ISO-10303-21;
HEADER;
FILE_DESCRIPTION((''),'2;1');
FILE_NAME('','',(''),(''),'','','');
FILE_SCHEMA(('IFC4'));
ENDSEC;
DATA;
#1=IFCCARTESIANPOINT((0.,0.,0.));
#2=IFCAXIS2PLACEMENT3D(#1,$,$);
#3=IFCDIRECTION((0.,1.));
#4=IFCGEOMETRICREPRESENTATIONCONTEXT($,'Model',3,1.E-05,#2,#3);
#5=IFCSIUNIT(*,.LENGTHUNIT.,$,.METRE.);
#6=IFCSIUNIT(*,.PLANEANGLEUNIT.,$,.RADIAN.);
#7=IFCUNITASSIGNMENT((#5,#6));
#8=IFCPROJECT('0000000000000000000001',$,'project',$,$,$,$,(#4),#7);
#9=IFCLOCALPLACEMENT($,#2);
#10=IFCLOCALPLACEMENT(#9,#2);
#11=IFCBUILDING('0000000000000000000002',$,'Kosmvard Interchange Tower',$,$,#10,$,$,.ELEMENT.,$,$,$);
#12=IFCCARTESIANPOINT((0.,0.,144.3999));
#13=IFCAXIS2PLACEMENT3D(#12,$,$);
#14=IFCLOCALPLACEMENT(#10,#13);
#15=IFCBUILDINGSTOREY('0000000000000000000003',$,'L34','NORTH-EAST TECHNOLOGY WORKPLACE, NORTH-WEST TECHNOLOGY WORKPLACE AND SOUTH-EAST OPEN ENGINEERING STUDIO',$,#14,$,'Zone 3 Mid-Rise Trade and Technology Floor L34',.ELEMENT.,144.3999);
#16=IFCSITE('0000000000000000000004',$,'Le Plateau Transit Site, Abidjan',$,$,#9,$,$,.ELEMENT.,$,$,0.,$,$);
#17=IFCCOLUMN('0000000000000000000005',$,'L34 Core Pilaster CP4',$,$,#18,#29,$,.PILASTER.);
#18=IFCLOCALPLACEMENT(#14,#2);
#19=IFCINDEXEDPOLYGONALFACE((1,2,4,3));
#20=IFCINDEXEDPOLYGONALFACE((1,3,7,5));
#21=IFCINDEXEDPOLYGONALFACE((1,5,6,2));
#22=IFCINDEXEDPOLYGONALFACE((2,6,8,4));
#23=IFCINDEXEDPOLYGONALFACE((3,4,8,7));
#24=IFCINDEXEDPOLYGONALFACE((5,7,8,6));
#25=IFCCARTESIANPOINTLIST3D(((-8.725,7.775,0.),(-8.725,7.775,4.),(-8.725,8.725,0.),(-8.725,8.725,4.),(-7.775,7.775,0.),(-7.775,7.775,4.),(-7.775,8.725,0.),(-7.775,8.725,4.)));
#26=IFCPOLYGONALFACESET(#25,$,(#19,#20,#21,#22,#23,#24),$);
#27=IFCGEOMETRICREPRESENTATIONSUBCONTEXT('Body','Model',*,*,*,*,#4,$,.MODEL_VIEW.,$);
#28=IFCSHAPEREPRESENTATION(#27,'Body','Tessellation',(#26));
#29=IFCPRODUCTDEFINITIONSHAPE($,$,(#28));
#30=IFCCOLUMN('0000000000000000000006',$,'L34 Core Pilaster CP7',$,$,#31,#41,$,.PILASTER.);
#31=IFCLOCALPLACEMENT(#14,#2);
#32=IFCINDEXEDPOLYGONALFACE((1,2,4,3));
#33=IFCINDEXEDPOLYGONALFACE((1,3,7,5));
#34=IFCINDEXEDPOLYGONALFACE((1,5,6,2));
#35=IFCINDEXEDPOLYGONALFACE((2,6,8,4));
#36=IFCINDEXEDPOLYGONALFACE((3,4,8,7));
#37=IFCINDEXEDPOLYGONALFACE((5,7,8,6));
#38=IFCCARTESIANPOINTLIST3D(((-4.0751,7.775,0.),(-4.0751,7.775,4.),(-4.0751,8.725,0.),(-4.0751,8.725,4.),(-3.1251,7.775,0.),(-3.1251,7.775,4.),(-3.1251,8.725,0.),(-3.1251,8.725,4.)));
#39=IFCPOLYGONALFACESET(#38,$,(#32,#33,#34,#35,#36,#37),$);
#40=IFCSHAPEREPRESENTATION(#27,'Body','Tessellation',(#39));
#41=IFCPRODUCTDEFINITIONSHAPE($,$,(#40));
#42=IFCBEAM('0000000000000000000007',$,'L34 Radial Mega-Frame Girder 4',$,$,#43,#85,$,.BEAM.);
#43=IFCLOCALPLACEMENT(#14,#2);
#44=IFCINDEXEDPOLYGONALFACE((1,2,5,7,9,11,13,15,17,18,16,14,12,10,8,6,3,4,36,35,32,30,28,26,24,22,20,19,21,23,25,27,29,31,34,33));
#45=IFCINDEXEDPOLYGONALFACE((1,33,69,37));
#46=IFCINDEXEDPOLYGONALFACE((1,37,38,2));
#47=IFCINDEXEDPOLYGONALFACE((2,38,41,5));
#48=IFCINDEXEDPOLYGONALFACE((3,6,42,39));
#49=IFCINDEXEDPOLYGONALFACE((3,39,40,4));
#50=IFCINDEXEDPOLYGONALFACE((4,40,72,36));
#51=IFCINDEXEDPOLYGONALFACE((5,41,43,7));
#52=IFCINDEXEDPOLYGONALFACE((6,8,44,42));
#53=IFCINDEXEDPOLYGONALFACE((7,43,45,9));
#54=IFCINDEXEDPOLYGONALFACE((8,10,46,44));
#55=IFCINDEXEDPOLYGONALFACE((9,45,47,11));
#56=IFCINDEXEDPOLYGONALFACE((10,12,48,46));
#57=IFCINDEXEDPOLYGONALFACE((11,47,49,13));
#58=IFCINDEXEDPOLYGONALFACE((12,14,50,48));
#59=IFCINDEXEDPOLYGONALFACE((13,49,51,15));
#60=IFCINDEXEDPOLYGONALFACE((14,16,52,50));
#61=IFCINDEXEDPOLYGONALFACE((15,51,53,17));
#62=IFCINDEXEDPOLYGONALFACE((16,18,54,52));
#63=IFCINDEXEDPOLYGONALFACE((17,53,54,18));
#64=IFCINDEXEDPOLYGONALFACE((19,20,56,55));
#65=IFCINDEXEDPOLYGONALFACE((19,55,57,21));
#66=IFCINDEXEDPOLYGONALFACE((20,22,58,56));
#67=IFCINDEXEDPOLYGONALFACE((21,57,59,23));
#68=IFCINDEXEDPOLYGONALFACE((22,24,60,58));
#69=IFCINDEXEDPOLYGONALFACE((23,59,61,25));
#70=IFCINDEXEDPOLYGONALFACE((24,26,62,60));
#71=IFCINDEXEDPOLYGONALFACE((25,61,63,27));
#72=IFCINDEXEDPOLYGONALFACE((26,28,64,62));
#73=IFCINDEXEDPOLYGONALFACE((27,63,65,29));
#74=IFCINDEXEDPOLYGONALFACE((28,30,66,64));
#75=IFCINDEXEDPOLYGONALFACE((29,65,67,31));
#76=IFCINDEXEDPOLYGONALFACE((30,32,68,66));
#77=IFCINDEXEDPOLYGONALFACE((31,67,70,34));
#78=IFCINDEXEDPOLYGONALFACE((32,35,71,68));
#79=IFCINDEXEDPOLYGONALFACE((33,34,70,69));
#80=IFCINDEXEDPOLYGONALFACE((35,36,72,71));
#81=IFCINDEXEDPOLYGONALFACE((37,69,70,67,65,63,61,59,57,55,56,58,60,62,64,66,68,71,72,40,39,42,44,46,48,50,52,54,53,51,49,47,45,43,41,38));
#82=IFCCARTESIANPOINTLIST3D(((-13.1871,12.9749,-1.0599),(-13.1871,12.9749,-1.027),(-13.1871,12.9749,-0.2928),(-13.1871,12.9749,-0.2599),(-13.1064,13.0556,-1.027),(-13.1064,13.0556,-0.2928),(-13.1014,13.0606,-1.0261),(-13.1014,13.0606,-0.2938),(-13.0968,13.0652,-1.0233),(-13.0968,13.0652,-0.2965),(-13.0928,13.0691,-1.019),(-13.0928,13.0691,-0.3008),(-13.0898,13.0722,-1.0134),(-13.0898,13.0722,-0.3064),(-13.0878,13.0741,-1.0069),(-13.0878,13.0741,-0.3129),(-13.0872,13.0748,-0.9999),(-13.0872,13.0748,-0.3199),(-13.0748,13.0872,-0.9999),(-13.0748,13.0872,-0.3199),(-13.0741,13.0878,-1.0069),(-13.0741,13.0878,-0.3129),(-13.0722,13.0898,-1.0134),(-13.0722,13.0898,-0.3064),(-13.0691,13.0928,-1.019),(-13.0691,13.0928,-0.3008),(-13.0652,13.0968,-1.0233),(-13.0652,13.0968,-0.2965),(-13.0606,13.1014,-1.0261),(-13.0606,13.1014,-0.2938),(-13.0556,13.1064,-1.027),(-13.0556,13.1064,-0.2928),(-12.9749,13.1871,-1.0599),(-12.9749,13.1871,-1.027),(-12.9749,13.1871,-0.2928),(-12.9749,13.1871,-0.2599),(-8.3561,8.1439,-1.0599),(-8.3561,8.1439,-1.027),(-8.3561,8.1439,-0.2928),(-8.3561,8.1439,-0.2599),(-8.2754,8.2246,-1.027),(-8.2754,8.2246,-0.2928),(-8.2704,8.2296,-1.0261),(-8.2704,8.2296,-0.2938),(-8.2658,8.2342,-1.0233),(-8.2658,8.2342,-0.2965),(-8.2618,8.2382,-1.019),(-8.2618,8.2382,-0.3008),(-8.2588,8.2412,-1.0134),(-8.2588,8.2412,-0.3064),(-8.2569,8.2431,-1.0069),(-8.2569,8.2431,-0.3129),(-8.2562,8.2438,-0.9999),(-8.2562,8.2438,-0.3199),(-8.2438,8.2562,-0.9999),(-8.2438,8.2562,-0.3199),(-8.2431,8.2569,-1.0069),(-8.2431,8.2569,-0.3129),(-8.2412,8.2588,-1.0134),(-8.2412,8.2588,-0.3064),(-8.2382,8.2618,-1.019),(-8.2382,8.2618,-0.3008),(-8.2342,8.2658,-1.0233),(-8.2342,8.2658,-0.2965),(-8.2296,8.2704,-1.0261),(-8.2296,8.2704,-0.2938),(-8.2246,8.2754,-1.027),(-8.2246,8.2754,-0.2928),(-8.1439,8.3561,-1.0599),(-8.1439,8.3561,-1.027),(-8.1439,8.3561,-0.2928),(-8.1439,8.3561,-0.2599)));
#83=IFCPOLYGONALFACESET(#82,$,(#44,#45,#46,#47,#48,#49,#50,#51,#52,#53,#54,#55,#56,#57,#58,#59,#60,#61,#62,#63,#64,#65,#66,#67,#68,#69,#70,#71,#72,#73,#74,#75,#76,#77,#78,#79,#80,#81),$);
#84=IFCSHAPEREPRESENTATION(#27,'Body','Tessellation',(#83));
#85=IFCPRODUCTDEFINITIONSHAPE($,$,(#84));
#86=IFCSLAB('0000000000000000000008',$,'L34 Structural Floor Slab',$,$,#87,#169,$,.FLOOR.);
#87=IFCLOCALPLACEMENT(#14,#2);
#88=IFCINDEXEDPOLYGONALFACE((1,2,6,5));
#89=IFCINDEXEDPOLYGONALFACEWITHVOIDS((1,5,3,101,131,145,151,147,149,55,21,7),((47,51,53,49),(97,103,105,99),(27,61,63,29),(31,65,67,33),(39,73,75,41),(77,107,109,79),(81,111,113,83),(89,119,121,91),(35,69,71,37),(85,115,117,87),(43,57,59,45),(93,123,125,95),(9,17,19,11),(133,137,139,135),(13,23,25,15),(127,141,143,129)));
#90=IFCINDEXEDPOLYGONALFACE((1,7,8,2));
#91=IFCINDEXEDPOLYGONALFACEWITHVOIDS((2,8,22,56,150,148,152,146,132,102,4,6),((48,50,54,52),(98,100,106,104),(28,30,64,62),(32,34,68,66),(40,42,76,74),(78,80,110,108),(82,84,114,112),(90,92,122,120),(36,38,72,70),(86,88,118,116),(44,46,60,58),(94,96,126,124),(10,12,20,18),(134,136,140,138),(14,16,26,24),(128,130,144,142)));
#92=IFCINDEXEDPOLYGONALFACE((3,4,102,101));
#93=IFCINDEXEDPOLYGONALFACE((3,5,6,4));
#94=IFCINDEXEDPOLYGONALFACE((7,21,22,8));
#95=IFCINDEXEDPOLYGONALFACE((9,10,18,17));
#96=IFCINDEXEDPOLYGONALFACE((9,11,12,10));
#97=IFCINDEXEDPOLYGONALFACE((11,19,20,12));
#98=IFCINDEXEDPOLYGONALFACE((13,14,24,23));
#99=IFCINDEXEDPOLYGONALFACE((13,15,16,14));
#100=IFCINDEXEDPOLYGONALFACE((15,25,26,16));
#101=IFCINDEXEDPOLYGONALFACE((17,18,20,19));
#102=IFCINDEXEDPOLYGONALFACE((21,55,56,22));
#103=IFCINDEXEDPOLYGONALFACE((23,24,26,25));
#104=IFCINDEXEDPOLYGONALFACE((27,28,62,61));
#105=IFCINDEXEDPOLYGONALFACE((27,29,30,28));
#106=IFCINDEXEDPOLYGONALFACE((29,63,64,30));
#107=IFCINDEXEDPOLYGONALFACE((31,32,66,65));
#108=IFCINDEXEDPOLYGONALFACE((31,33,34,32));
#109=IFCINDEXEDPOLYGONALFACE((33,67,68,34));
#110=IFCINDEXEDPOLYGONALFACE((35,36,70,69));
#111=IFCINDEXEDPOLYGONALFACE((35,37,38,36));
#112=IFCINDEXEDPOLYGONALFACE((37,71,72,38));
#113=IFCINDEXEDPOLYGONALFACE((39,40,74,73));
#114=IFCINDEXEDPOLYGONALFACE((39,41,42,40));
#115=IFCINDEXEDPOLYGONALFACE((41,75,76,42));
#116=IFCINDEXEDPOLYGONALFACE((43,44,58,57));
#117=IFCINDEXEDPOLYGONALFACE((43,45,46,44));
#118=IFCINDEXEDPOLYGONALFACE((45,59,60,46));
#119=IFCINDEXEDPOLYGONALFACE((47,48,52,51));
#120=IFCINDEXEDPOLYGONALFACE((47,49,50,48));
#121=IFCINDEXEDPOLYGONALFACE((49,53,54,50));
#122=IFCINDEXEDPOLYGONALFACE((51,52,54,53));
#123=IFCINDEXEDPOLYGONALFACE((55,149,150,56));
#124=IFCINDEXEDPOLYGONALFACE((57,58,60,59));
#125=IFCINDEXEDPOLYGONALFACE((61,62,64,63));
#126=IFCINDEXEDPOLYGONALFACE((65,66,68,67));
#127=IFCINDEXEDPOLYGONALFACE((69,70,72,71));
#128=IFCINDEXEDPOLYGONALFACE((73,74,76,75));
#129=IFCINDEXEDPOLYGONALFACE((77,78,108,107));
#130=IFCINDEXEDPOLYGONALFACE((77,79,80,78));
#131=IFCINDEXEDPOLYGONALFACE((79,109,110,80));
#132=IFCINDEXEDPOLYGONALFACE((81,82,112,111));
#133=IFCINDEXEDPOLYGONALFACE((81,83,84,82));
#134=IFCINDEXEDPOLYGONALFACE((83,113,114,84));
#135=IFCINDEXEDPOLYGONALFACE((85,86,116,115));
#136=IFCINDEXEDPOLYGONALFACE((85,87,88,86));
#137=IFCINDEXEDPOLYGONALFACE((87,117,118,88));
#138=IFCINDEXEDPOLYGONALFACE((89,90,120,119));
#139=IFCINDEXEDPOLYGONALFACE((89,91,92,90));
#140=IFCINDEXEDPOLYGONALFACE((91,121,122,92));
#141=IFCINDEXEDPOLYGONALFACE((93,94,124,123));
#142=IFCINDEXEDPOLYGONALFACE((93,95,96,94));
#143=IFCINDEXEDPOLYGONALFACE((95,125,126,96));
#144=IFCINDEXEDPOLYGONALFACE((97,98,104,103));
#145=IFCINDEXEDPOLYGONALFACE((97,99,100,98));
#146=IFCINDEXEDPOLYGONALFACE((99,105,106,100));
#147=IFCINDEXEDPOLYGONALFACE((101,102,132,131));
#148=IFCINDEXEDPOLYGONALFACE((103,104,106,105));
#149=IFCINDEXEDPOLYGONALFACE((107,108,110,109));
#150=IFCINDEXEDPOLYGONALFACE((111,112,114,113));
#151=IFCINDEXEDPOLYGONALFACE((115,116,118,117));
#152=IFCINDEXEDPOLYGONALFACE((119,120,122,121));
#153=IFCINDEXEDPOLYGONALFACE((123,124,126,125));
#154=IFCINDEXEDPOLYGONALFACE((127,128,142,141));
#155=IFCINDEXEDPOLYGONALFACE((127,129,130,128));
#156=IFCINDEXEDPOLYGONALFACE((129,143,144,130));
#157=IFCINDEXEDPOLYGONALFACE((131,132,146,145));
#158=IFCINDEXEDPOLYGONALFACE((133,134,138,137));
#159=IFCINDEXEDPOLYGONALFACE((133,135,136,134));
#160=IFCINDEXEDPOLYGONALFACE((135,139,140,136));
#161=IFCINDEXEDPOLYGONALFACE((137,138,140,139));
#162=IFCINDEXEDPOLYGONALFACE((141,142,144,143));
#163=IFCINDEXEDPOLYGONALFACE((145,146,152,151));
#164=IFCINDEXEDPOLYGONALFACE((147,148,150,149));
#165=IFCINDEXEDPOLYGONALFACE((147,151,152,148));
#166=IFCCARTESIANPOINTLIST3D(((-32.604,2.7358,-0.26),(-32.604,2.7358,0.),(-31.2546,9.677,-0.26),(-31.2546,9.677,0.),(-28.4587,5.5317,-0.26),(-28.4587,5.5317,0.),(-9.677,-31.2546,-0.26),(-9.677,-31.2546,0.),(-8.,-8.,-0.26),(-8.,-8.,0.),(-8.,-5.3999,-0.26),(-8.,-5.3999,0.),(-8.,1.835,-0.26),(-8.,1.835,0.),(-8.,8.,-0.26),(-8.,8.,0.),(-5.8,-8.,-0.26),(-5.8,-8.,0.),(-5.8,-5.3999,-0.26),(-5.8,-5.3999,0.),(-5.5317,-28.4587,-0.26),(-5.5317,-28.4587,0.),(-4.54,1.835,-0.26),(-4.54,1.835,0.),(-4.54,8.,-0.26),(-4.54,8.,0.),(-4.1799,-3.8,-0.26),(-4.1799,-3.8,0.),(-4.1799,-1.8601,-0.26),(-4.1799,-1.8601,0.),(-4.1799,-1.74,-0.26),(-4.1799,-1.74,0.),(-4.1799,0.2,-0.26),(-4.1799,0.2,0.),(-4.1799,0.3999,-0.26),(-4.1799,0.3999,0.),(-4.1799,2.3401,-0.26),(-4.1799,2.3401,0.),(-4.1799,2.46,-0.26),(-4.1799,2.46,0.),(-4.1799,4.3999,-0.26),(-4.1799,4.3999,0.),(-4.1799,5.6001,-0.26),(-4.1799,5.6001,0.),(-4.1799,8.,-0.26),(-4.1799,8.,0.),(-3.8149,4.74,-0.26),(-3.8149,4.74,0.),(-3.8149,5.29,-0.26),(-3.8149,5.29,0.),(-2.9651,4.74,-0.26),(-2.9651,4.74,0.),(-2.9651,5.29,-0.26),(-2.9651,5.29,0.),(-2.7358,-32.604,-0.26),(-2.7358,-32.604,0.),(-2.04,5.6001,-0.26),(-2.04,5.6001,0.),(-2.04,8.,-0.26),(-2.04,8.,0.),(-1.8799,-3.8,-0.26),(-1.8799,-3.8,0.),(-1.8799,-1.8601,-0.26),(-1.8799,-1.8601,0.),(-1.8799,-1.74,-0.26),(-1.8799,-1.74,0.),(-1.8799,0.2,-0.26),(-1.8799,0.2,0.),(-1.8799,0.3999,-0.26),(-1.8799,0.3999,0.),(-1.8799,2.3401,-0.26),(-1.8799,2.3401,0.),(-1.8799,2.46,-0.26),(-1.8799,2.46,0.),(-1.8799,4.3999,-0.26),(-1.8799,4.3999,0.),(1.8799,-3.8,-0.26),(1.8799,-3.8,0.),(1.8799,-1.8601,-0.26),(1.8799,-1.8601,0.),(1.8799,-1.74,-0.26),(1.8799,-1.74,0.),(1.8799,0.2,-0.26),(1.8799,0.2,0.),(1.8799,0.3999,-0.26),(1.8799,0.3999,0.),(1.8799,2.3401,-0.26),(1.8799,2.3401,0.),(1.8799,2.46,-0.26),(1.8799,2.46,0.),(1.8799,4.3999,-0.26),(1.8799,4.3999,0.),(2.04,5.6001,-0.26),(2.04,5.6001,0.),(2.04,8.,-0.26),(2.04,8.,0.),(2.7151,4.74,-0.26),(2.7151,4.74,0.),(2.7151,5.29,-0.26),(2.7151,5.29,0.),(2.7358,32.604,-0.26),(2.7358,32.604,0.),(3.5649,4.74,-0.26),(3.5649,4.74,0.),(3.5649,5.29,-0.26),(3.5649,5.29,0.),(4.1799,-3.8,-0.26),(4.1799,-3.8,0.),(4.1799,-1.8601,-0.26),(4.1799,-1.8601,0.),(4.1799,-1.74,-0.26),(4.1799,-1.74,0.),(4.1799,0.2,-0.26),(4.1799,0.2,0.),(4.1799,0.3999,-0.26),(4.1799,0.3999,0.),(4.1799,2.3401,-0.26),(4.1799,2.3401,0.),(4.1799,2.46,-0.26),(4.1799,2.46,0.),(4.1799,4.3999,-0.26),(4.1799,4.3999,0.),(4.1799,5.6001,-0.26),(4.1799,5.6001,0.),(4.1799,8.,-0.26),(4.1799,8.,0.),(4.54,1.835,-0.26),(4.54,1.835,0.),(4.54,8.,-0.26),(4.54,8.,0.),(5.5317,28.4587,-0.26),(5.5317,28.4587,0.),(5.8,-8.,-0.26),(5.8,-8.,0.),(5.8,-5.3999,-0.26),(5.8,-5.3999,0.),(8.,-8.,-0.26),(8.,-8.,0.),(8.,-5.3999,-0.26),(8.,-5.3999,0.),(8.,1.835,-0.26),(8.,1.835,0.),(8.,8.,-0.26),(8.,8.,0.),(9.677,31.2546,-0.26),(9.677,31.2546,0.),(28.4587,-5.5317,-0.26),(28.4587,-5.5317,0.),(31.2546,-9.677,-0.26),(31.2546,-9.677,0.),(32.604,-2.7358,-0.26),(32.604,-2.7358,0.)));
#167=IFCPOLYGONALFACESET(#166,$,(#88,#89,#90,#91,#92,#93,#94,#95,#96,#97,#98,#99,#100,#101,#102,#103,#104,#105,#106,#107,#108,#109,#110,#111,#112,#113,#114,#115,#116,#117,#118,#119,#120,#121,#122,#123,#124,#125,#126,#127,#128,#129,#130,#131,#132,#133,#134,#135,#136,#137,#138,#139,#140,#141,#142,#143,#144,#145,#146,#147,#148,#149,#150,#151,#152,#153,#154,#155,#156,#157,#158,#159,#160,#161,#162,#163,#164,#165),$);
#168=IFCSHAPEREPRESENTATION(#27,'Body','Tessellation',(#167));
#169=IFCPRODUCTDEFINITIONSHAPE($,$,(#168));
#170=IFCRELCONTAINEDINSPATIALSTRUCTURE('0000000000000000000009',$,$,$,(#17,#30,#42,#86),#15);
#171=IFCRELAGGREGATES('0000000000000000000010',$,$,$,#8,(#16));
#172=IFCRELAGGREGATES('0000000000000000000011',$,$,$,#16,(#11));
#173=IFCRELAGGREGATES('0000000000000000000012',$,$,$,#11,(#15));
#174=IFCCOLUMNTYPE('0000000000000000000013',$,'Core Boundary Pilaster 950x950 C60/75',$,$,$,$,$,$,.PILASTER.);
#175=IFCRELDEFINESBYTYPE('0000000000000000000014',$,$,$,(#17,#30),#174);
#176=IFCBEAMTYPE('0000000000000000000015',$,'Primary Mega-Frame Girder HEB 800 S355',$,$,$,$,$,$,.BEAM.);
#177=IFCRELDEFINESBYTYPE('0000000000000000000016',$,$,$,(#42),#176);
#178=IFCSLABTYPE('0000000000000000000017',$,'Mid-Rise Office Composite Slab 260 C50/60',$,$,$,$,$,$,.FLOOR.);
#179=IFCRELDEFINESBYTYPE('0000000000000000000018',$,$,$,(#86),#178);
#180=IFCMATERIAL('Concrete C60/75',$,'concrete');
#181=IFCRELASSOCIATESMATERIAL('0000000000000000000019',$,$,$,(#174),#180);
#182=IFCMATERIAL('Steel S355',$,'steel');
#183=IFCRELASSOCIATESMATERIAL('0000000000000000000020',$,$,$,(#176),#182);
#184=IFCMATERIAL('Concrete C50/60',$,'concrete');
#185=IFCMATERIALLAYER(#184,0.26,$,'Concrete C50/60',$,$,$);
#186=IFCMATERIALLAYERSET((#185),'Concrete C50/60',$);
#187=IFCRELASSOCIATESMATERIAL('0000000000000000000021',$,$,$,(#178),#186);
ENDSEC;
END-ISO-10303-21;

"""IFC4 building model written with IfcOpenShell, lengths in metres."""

from ifc_helpers import new_model, si_unit, direction, frame, origin, origin_2d, place, context, subcontext, project, spatial, polyline, rectangle, i_section, outline, extrude, source, transform, mapped, material, layer, layer_set, material_profile, profile_set, type_object, element, save


model = new_model("IFC4")

# Units and contexts
model_context = context("Model", 3, precision=1e-05, world=origin(), true_north=direction((0.0, 1.0)))
body_context = subcontext(model_context, "Body", "Model", "MODEL_VIEW")
ifc_project = project(units=[si_unit("LENGTHUNIT", "METRE"), si_unit("PLANEANGLEUNIT", "RADIAN")], contexts=[model_context])

# Site, building, storey
site_placement = place(None, origin())
site = spatial("IfcSite", under=ifc_project, at=site_placement, Name="Le Plateau Transit Site, Abidjan", CompositionType="ELEMENT", RefElevation=0.0)
building_placement = place(site_placement, origin())
building = spatial("IfcBuilding", under=site, at=building_placement, Name="Kosmvard Interchange Tower", CompositionType="ELEMENT")
storey_placement = place(building_placement, frame((0.0, 0.0, 144.3999)))
storey = spatial("IfcBuildingStorey", under=building, at=storey_placement, Name="L34", Description="NORTH-EAST TECHNOLOGY WORKPLACE, NORTH-WEST TECHNOLOGY WORKPLACE AND SOUTH-EAST OPEN ENGINEERING STUDIO", LongName="Zone 3 Mid-Rise Trade and Technology Floor L34", CompositionType="ELEMENT", Elevation=144.3999)

# Columns
ifc_material_1 = material(Name="Concrete C60/75", Category="concrete")
ifc_material_profile_1 = material_profile(ifc_material_1, rectangle(XDim=0.95, YDim=0.95, at=origin_2d()), Name="CP 950x950")
ifc_profile_set_1 = profile_set([ifc_material_profile_1], Name="Concrete C60/75")
column_type = type_object("IfcColumnType", Name="Core Boundary Pilaster 950x950 C60/75", PredefinedType="PILASTER", material=ifc_profile_set_1)
shared_shape_1 = source(origin(), body_context, "Body", "SweptSolid", [
    extrude(rectangle(XDim=0.95, YDim=0.95, at=origin_2d()), origin(), (0.0, 0.0, 1.0), 4.0),
])
for number, where, z_axis, x_axis, name in (
    (1, (-8.25, 8.25, 0.0), (0.0, 0.0, 1.0), (1.0, 0.0, 0.0), "L34 Core Pilaster CP4"),
    (2, (-3.6001, 8.25, 0.0), (0.0, 0.0, 1.0), (1.0, 0.0, 0.0), "L34 Core Pilaster CP7"),
):
    element("IfcColumn", number, at=place(storey_placement, frame(where, z_axis=z_axis, x_axis=x_axis)), inside=storey, type_object=column_type, Name=name, PredefinedType="PILASTER", context=body_context, shape_type="MappedRepresentation", body=[
        mapped(shared_shape_1, transform((0.0, 0.0, 0.0), scale=1.0)),
    ])

# Beam
ifc_material_2 = material(Name="Steel S355", Category="steel")
ifc_material_profile_2 = material_profile(ifc_material_2, i_section(OverallWidth=0.3, OverallDepth=0.8, WebThickness=0.0176, FlangeThickness=0.033, FilletRadius=0.0271, at=origin_2d()), Name="HEB 800")
ifc_profile_set_2 = profile_set([ifc_material_profile_2], Name="Steel S355")
beam_type = type_object("IfcBeamType", Name="Primary Mega-Frame Girder HEB 800 S355", PredefinedType="BEAM", material=ifc_profile_set_2)
shared_shape_2 = source(origin(), body_context, "Body", "SweptSolid", [
    extrude(i_section(OverallWidth=0.3, OverallDepth=0.8, WebThickness=0.0176, FlangeThickness=0.033, FilletRadius=0.0271, at=origin_2d()), origin(), (0.0, 0.0, 1.0), 6.832),
])
beam_placement = place(storey_placement, frame((-8.25, 8.25, -0.6599), z_axis=(-0.707107, 0.707107, 0.0), x_axis=(-0.707107, -0.707107, 0.0)))
element("IfcBeam", 3, at=beam_placement, inside=storey, type_object=beam_type, Name="L34 Radial Mega-Frame Girder 4", PredefinedType="BEAM", context=body_context, shape_type="MappedRepresentation", body=[
    mapped(shared_shape_2, transform((0.0, 0.0, 0.0), scale=1.0)),
])

# Slab
ifc_material_3 = material(Name="Concrete C50/60", Category="concrete")
ifc_layer_1 = layer(ifc_material_3, 0.26, Name="Concrete C50/60")
ifc_layer_set_1 = layer_set([ifc_layer_1], Name="Concrete C50/60")
slab_type_1 = type_object("IfcSlabType", Name="Mid-Rise Office Composite Slab 260 C50/60", PredefinedType="FLOOR", material=ifc_layer_set_1)
slab_1_placement = place(storey_placement, frame((0.0, 0.0, -0.26)))
element("IfcSlab", 4, at=slab_1_placement, inside=storey, type_object=slab_type_1, Name="L34 Structural Floor Slab", PredefinedType="FLOOR", context=body_context, shape_type="SweptSolid", body=[
    extrude(outline(polyline([(-2.7358, -32.604), (31.2546, -9.677), (28.4587, -5.5317), (32.604, -2.7358), (9.677, 31.2546), (5.5317, 28.4587), (2.7358, 32.604), (-31.2546, 9.677), (-28.4587, 5.5317), (-32.604, 2.7358), (-9.677, -31.2546), (-5.5317, -28.4587), (-2.7358, -32.604)]), holes=[polyline([(-8.0, 1.835), (-4.54, 1.835), (-4.54, 8.0), (-8.0, 8.0), (-8.0, 1.835)]), polyline([(4.54, 1.835), (8.0, 1.835), (8.0, 8.0), (4.54, 8.0), (4.54, 1.835)]), polyline([(-8.0, -8.0), (-5.8, -8.0), (-5.8, -5.3999), (-8.0, -5.3999), (-8.0, -8.0)]), polyline([(5.8, -8.0), (8.0, -8.0), (8.0, -5.3999), (5.8, -5.3999), (5.8, -8.0)]), polyline([(-4.1799, -3.8), (-1.8799, -3.8), (-1.8799, -1.8601), (-4.1799, -1.8601), (-4.1799, -3.8)]), polyline([(-4.1799, -1.74), (-1.8799, -1.74), (-1.8799, 0.2), (-4.1799, 0.2), (-4.1799, -1.74)]), polyline([(1.8799, -3.8), (4.1799, -3.8), (4.1799, -1.8601), (1.8799, -1.8601), (1.8799, -3.8)]), polyline([(1.8799, -1.74), (4.1799, -1.74), (4.1799, 0.2), (1.8799, 0.2), (1.8799, -1.74)]), polyline([(-4.1799, 0.3999), (-1.8799, 0.3999), (-1.8799, 2.3401), (-4.1799, 2.3401), (-4.1799, 0.3999)]), polyline([(-4.1799, 2.46), (-1.8799, 2.46), (-1.8799, 4.3999), (-4.1799, 4.3999), (-4.1799, 2.46)]), polyline([(1.8799, 0.3999), (4.1799, 0.3999), (4.1799, 2.3401), (1.8799, 2.3401), (1.8799, 0.3999)]), polyline([(1.8799, 2.46), (4.1799, 2.46), (4.1799, 4.3999), (1.8799, 4.3999), (1.8799, 2.46)]), polyline([(-4.1799, 5.6001), (-2.04, 5.6001), (-2.04, 8.0), (-4.1799, 8.0), (-4.1799, 5.6001)]), polyline([(2.04, 5.6001), (4.1799, 5.6001), (4.1799, 8.0), (2.04, 8.0), (2.04, 5.6001)]), polyline([(-3.8149, 4.74), (-2.9651, 4.74), (-2.9651, 5.29), (-3.8149, 5.29), (-3.8149, 4.74)]), polyline([(2.7151, 4.74), (3.5649, 4.74), (3.5649, 5.29), (2.7151, 5.29), (2.7151, 4.74)])]), origin(), (0.0, 0.0, 1.0), 0.26),
])

save(model, "model.ifc")
